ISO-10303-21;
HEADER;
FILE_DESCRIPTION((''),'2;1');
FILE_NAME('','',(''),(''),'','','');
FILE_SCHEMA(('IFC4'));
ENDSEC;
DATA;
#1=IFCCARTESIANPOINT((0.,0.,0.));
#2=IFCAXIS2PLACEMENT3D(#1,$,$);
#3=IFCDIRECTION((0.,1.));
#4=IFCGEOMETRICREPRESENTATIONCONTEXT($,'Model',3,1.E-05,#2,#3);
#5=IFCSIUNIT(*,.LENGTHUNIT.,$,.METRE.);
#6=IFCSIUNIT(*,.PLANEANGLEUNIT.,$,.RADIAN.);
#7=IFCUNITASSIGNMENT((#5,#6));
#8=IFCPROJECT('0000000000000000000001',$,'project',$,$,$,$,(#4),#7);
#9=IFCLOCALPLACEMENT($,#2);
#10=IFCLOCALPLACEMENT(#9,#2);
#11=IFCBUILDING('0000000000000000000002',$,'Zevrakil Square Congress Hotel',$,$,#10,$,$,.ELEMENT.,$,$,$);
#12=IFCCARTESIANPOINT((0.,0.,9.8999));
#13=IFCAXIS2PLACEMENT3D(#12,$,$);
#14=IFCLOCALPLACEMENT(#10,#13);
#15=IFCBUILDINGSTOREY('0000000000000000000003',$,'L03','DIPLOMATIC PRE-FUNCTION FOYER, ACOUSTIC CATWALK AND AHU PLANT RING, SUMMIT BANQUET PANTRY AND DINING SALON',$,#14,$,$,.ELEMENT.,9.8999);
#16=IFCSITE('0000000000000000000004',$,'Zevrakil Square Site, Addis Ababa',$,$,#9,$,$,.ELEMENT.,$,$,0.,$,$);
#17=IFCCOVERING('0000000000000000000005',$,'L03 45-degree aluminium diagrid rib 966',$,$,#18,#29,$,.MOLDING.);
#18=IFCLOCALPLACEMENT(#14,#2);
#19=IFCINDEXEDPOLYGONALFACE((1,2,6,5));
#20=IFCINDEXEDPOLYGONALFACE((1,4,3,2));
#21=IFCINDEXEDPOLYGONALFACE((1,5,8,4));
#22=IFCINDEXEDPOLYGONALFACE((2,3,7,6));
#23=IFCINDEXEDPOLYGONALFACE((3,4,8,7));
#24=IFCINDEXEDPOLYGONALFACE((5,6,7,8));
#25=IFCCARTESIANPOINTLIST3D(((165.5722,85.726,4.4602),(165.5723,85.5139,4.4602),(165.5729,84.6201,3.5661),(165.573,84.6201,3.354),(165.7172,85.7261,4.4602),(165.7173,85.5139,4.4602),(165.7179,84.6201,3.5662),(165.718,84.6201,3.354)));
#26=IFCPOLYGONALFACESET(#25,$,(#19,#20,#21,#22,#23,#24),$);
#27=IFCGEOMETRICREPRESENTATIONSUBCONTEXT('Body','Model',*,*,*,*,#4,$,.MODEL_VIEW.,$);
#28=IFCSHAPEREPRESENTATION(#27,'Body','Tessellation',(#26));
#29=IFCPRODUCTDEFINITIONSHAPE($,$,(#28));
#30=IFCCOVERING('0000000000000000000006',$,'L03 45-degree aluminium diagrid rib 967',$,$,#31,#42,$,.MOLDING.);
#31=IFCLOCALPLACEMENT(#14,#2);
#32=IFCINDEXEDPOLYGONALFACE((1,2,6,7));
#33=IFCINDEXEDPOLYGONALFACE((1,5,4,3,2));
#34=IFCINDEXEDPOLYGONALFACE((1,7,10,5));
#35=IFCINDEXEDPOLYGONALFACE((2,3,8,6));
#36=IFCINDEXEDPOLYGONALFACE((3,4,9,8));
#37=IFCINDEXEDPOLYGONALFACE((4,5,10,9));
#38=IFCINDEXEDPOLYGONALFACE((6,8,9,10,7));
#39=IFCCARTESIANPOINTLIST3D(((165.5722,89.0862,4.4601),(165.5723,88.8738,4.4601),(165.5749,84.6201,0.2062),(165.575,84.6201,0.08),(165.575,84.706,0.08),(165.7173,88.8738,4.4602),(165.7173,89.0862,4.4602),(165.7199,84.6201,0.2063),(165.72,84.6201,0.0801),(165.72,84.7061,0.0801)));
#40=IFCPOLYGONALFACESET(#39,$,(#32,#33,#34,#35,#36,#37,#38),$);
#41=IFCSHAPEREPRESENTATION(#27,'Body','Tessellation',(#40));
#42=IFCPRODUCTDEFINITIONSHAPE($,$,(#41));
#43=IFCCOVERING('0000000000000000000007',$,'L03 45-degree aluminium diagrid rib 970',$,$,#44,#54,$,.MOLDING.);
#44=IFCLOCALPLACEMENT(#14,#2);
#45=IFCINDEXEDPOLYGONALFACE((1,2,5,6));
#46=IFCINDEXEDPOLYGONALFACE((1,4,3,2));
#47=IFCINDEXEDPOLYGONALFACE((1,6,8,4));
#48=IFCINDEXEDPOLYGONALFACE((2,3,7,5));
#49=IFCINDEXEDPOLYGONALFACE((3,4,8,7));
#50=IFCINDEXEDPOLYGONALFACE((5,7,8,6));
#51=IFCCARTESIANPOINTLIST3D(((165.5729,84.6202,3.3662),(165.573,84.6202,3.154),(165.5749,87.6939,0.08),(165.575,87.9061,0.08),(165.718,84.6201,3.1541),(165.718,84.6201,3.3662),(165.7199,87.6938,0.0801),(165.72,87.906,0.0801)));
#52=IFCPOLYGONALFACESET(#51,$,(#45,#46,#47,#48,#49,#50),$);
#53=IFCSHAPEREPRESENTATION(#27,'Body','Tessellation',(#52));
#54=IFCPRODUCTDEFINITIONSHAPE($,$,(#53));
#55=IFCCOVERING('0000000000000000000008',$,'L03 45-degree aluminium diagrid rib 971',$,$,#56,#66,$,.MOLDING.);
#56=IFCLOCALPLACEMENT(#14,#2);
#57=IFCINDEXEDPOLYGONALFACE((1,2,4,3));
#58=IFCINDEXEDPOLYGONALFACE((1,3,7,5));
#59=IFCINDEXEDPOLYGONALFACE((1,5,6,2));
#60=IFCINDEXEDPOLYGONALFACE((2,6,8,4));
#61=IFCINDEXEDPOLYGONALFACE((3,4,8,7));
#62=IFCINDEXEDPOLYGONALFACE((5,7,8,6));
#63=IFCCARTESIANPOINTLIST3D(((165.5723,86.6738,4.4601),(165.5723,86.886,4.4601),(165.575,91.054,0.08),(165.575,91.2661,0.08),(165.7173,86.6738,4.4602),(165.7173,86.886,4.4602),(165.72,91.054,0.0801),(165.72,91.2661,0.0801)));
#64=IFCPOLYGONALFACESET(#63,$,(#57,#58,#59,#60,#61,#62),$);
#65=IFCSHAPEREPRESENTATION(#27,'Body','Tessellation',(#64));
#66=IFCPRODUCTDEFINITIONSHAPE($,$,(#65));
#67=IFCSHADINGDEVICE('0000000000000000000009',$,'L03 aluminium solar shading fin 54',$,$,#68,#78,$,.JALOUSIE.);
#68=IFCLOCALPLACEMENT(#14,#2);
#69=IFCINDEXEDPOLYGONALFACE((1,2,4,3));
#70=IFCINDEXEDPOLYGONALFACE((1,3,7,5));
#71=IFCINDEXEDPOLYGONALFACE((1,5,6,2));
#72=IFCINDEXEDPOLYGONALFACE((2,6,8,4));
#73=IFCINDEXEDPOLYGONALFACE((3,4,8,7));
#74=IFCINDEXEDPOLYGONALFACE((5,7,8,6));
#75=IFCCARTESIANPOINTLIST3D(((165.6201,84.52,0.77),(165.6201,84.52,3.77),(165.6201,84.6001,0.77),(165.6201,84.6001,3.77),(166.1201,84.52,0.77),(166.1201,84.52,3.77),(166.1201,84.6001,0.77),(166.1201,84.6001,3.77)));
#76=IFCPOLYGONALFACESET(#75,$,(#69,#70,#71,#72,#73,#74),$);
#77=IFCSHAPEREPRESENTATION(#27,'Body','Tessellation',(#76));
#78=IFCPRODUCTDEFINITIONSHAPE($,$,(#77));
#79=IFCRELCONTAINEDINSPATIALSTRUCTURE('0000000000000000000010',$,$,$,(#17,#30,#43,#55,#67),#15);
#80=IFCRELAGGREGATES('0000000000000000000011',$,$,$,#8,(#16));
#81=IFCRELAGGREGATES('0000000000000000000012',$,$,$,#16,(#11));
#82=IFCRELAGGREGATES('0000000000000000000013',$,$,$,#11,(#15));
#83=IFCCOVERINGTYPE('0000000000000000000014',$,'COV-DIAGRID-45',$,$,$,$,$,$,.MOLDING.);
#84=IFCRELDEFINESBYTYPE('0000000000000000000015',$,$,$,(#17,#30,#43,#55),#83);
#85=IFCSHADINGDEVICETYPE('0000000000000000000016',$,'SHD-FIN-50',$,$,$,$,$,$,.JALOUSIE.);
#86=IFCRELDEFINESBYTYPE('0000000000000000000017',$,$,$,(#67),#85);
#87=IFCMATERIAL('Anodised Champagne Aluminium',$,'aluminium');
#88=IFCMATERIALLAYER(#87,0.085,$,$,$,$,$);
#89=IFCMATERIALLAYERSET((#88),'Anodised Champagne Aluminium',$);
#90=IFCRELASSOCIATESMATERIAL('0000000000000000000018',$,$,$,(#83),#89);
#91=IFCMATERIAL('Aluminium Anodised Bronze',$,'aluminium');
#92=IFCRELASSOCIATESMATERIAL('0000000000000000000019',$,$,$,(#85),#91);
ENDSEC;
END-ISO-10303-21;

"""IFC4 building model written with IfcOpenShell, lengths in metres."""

from ifc_helpers import new_model, si_unit, direction, frame, origin, origin_2d, place, context, subcontext, project, spatial, polyline, rectangle, outline, extrude, material, layer, layer_set, type_object, element, save


model = new_model("IFC4")

# Units and contexts
model_context = context("Model", 3, precision=1e-05, world=origin(), true_north=direction((0.0, 1.0)))
body_context = subcontext(model_context, "Body", "Model", "MODEL_VIEW")
ifc_project = project(units=[si_unit("LENGTHUNIT", "METRE"), si_unit("PLANEANGLEUNIT", "RADIAN")], contexts=[model_context])

# Site, building, storey
site_placement = place(None, origin())
site = spatial("IfcSite", under=ifc_project, at=site_placement, Name="Zevrakil Square Site, Addis Ababa", CompositionType="ELEMENT", RefElevation=0.0)
building_placement = place(site_placement, origin())
building = spatial("IfcBuilding", under=site, at=building_placement, Name="Zevrakil Square Congress Hotel", CompositionType="ELEMENT")
storey_placement = place(building_placement, frame((0.0, 0.0, 9.8999)))
storey = spatial("IfcBuildingStorey", under=building, at=storey_placement, Name="L03", Description="DIPLOMATIC PRE-FUNCTION FOYER, ACOUSTIC CATWALK AND AHU PLANT RING, SUMMIT BANQUET PANTRY AND DINING SALON", CompositionType="ELEMENT", Elevation=9.8999)

# Coverings
ifc_material_1 = material(Name="Anodised Champagne Aluminium", Category="aluminium")
ifc_layer_1 = layer(ifc_material_1, 0.085)
ifc_layer_set_1 = layer_set([ifc_layer_1], Name="Anodised Champagne Aluminium")
covering_type_1 = type_object("IfcCoveringType", Name="COV-DIAGRID-45", PredefinedType="MOLDING", material=ifc_layer_set_1)
covering_1_placement = place(storey_placement, frame((165.718, 84.6201, 3.354), z_axis=(1.0, 0.000366, 0.000366), x_axis=(-0.000366, 0.0, 1.0)))
element("IfcCovering", 1, at=covering_1_placement, inside=storey, type_object=covering_type_1, Name="L03 45-degree aluminium diagrid rib 966", PredefinedType="MOLDING", context=body_context, shape_type="SweptSolid", body=[
    extrude(outline(polyline([(0.0, 0.0), (0.2122, 0.0), (1.1062, -0.8938), (1.1062, -1.106), (0.0, 0.0)])), origin(), (0.0, 0.0, -1.0), 0.145),
])
covering_2_placement = place(storey_placement, frame((165.72, 84.7061, 0.0801), z_axis=(1.0, 0.000184, 0.000435), x_axis=(0.000184, -1.0, 0.0)))
element("IfcCovering", 2, at=covering_2_placement, inside=storey, type_object=covering_type_1, Name="L03 45-degree aluminium diagrid rib 967", PredefinedType="MOLDING", context=body_context, shape_type="SweptSolid", body=[
    extrude(outline(polyline([(0.0, 0.0), (0.0859, 0.0), (0.0859, -0.1262), (-4.1677, -4.3801), (-4.3801, -4.3801), (0.0, 0.0)])), origin(), (0.0, 0.0, -1.0), 0.145),
])
covering_3_placement = place(storey_placement, frame((165.718, 84.6201, 3.1541), z_axis=(1.0, -0.000307, 0.000307), x_axis=(-0.000307, 0.0, 1.0)))
element("IfcCovering", 3, at=covering_3_placement, inside=storey, type_object=covering_type_1, Name="L03 45-degree aluminium diagrid rib 970", PredefinedType="MOLDING", context=body_context, shape_type="SweptSolid", body=[
    extrude(outline(polyline([(0.0, 0.0), (0.2122, 0.0), (-3.074, -3.2859), (-3.074, -3.0737), (0.0, 0.0)])), origin(), (0.0, 0.0, -1.0), 0.145),
])
covering_4_placement = place(storey_placement, frame((165.7173, 86.6738, 4.4602), z_axis=(1.0, 0.0, 0.000613), x_axis=(0.0, 1.0, 0.0)))
element("IfcCovering", 4, at=covering_4_placement, inside=storey, type_object=covering_type_1, Name="L03 45-degree aluminium diagrid rib 971", PredefinedType="MOLDING", context=body_context, shape_type="SweptSolid", body=[
    extrude(outline(polyline([(0.0, 0.0), (0.2122, 0.0), (4.5923, -4.3801), (4.3801, -4.3801), (0.0, 0.0)])), origin(), (0.0, 0.0, -1.0), 0.145),
])

# Shading device
ifc_material_2 = material(Name="Aluminium Anodised Bronze", Category="aluminium")
shading_device_type = type_object("IfcShadingDeviceType", Name="SHD-FIN-50", PredefinedType="JALOUSIE", material=ifc_material_2)
shading_device_placement = place(storey_placement, frame((165.8701, 84.5601, 0.77), z_axis=(0.0, 0.0, 1.0), x_axis=(1.0, 0.0, 0.0)))
element("IfcShadingDevice", 5, at=shading_device_placement, inside=storey, type_object=shading_device_type, Name="L03 aluminium solar shading fin 54", PredefinedType="JALOUSIE", context=body_context, shape_type="SweptSolid", body=[
    extrude(rectangle(XDim=0.5, YDim=0.0801, at=origin_2d()), origin(), (0.0, 0.0, 1.0), 3.0),
])

save(model, "model.ifc")
